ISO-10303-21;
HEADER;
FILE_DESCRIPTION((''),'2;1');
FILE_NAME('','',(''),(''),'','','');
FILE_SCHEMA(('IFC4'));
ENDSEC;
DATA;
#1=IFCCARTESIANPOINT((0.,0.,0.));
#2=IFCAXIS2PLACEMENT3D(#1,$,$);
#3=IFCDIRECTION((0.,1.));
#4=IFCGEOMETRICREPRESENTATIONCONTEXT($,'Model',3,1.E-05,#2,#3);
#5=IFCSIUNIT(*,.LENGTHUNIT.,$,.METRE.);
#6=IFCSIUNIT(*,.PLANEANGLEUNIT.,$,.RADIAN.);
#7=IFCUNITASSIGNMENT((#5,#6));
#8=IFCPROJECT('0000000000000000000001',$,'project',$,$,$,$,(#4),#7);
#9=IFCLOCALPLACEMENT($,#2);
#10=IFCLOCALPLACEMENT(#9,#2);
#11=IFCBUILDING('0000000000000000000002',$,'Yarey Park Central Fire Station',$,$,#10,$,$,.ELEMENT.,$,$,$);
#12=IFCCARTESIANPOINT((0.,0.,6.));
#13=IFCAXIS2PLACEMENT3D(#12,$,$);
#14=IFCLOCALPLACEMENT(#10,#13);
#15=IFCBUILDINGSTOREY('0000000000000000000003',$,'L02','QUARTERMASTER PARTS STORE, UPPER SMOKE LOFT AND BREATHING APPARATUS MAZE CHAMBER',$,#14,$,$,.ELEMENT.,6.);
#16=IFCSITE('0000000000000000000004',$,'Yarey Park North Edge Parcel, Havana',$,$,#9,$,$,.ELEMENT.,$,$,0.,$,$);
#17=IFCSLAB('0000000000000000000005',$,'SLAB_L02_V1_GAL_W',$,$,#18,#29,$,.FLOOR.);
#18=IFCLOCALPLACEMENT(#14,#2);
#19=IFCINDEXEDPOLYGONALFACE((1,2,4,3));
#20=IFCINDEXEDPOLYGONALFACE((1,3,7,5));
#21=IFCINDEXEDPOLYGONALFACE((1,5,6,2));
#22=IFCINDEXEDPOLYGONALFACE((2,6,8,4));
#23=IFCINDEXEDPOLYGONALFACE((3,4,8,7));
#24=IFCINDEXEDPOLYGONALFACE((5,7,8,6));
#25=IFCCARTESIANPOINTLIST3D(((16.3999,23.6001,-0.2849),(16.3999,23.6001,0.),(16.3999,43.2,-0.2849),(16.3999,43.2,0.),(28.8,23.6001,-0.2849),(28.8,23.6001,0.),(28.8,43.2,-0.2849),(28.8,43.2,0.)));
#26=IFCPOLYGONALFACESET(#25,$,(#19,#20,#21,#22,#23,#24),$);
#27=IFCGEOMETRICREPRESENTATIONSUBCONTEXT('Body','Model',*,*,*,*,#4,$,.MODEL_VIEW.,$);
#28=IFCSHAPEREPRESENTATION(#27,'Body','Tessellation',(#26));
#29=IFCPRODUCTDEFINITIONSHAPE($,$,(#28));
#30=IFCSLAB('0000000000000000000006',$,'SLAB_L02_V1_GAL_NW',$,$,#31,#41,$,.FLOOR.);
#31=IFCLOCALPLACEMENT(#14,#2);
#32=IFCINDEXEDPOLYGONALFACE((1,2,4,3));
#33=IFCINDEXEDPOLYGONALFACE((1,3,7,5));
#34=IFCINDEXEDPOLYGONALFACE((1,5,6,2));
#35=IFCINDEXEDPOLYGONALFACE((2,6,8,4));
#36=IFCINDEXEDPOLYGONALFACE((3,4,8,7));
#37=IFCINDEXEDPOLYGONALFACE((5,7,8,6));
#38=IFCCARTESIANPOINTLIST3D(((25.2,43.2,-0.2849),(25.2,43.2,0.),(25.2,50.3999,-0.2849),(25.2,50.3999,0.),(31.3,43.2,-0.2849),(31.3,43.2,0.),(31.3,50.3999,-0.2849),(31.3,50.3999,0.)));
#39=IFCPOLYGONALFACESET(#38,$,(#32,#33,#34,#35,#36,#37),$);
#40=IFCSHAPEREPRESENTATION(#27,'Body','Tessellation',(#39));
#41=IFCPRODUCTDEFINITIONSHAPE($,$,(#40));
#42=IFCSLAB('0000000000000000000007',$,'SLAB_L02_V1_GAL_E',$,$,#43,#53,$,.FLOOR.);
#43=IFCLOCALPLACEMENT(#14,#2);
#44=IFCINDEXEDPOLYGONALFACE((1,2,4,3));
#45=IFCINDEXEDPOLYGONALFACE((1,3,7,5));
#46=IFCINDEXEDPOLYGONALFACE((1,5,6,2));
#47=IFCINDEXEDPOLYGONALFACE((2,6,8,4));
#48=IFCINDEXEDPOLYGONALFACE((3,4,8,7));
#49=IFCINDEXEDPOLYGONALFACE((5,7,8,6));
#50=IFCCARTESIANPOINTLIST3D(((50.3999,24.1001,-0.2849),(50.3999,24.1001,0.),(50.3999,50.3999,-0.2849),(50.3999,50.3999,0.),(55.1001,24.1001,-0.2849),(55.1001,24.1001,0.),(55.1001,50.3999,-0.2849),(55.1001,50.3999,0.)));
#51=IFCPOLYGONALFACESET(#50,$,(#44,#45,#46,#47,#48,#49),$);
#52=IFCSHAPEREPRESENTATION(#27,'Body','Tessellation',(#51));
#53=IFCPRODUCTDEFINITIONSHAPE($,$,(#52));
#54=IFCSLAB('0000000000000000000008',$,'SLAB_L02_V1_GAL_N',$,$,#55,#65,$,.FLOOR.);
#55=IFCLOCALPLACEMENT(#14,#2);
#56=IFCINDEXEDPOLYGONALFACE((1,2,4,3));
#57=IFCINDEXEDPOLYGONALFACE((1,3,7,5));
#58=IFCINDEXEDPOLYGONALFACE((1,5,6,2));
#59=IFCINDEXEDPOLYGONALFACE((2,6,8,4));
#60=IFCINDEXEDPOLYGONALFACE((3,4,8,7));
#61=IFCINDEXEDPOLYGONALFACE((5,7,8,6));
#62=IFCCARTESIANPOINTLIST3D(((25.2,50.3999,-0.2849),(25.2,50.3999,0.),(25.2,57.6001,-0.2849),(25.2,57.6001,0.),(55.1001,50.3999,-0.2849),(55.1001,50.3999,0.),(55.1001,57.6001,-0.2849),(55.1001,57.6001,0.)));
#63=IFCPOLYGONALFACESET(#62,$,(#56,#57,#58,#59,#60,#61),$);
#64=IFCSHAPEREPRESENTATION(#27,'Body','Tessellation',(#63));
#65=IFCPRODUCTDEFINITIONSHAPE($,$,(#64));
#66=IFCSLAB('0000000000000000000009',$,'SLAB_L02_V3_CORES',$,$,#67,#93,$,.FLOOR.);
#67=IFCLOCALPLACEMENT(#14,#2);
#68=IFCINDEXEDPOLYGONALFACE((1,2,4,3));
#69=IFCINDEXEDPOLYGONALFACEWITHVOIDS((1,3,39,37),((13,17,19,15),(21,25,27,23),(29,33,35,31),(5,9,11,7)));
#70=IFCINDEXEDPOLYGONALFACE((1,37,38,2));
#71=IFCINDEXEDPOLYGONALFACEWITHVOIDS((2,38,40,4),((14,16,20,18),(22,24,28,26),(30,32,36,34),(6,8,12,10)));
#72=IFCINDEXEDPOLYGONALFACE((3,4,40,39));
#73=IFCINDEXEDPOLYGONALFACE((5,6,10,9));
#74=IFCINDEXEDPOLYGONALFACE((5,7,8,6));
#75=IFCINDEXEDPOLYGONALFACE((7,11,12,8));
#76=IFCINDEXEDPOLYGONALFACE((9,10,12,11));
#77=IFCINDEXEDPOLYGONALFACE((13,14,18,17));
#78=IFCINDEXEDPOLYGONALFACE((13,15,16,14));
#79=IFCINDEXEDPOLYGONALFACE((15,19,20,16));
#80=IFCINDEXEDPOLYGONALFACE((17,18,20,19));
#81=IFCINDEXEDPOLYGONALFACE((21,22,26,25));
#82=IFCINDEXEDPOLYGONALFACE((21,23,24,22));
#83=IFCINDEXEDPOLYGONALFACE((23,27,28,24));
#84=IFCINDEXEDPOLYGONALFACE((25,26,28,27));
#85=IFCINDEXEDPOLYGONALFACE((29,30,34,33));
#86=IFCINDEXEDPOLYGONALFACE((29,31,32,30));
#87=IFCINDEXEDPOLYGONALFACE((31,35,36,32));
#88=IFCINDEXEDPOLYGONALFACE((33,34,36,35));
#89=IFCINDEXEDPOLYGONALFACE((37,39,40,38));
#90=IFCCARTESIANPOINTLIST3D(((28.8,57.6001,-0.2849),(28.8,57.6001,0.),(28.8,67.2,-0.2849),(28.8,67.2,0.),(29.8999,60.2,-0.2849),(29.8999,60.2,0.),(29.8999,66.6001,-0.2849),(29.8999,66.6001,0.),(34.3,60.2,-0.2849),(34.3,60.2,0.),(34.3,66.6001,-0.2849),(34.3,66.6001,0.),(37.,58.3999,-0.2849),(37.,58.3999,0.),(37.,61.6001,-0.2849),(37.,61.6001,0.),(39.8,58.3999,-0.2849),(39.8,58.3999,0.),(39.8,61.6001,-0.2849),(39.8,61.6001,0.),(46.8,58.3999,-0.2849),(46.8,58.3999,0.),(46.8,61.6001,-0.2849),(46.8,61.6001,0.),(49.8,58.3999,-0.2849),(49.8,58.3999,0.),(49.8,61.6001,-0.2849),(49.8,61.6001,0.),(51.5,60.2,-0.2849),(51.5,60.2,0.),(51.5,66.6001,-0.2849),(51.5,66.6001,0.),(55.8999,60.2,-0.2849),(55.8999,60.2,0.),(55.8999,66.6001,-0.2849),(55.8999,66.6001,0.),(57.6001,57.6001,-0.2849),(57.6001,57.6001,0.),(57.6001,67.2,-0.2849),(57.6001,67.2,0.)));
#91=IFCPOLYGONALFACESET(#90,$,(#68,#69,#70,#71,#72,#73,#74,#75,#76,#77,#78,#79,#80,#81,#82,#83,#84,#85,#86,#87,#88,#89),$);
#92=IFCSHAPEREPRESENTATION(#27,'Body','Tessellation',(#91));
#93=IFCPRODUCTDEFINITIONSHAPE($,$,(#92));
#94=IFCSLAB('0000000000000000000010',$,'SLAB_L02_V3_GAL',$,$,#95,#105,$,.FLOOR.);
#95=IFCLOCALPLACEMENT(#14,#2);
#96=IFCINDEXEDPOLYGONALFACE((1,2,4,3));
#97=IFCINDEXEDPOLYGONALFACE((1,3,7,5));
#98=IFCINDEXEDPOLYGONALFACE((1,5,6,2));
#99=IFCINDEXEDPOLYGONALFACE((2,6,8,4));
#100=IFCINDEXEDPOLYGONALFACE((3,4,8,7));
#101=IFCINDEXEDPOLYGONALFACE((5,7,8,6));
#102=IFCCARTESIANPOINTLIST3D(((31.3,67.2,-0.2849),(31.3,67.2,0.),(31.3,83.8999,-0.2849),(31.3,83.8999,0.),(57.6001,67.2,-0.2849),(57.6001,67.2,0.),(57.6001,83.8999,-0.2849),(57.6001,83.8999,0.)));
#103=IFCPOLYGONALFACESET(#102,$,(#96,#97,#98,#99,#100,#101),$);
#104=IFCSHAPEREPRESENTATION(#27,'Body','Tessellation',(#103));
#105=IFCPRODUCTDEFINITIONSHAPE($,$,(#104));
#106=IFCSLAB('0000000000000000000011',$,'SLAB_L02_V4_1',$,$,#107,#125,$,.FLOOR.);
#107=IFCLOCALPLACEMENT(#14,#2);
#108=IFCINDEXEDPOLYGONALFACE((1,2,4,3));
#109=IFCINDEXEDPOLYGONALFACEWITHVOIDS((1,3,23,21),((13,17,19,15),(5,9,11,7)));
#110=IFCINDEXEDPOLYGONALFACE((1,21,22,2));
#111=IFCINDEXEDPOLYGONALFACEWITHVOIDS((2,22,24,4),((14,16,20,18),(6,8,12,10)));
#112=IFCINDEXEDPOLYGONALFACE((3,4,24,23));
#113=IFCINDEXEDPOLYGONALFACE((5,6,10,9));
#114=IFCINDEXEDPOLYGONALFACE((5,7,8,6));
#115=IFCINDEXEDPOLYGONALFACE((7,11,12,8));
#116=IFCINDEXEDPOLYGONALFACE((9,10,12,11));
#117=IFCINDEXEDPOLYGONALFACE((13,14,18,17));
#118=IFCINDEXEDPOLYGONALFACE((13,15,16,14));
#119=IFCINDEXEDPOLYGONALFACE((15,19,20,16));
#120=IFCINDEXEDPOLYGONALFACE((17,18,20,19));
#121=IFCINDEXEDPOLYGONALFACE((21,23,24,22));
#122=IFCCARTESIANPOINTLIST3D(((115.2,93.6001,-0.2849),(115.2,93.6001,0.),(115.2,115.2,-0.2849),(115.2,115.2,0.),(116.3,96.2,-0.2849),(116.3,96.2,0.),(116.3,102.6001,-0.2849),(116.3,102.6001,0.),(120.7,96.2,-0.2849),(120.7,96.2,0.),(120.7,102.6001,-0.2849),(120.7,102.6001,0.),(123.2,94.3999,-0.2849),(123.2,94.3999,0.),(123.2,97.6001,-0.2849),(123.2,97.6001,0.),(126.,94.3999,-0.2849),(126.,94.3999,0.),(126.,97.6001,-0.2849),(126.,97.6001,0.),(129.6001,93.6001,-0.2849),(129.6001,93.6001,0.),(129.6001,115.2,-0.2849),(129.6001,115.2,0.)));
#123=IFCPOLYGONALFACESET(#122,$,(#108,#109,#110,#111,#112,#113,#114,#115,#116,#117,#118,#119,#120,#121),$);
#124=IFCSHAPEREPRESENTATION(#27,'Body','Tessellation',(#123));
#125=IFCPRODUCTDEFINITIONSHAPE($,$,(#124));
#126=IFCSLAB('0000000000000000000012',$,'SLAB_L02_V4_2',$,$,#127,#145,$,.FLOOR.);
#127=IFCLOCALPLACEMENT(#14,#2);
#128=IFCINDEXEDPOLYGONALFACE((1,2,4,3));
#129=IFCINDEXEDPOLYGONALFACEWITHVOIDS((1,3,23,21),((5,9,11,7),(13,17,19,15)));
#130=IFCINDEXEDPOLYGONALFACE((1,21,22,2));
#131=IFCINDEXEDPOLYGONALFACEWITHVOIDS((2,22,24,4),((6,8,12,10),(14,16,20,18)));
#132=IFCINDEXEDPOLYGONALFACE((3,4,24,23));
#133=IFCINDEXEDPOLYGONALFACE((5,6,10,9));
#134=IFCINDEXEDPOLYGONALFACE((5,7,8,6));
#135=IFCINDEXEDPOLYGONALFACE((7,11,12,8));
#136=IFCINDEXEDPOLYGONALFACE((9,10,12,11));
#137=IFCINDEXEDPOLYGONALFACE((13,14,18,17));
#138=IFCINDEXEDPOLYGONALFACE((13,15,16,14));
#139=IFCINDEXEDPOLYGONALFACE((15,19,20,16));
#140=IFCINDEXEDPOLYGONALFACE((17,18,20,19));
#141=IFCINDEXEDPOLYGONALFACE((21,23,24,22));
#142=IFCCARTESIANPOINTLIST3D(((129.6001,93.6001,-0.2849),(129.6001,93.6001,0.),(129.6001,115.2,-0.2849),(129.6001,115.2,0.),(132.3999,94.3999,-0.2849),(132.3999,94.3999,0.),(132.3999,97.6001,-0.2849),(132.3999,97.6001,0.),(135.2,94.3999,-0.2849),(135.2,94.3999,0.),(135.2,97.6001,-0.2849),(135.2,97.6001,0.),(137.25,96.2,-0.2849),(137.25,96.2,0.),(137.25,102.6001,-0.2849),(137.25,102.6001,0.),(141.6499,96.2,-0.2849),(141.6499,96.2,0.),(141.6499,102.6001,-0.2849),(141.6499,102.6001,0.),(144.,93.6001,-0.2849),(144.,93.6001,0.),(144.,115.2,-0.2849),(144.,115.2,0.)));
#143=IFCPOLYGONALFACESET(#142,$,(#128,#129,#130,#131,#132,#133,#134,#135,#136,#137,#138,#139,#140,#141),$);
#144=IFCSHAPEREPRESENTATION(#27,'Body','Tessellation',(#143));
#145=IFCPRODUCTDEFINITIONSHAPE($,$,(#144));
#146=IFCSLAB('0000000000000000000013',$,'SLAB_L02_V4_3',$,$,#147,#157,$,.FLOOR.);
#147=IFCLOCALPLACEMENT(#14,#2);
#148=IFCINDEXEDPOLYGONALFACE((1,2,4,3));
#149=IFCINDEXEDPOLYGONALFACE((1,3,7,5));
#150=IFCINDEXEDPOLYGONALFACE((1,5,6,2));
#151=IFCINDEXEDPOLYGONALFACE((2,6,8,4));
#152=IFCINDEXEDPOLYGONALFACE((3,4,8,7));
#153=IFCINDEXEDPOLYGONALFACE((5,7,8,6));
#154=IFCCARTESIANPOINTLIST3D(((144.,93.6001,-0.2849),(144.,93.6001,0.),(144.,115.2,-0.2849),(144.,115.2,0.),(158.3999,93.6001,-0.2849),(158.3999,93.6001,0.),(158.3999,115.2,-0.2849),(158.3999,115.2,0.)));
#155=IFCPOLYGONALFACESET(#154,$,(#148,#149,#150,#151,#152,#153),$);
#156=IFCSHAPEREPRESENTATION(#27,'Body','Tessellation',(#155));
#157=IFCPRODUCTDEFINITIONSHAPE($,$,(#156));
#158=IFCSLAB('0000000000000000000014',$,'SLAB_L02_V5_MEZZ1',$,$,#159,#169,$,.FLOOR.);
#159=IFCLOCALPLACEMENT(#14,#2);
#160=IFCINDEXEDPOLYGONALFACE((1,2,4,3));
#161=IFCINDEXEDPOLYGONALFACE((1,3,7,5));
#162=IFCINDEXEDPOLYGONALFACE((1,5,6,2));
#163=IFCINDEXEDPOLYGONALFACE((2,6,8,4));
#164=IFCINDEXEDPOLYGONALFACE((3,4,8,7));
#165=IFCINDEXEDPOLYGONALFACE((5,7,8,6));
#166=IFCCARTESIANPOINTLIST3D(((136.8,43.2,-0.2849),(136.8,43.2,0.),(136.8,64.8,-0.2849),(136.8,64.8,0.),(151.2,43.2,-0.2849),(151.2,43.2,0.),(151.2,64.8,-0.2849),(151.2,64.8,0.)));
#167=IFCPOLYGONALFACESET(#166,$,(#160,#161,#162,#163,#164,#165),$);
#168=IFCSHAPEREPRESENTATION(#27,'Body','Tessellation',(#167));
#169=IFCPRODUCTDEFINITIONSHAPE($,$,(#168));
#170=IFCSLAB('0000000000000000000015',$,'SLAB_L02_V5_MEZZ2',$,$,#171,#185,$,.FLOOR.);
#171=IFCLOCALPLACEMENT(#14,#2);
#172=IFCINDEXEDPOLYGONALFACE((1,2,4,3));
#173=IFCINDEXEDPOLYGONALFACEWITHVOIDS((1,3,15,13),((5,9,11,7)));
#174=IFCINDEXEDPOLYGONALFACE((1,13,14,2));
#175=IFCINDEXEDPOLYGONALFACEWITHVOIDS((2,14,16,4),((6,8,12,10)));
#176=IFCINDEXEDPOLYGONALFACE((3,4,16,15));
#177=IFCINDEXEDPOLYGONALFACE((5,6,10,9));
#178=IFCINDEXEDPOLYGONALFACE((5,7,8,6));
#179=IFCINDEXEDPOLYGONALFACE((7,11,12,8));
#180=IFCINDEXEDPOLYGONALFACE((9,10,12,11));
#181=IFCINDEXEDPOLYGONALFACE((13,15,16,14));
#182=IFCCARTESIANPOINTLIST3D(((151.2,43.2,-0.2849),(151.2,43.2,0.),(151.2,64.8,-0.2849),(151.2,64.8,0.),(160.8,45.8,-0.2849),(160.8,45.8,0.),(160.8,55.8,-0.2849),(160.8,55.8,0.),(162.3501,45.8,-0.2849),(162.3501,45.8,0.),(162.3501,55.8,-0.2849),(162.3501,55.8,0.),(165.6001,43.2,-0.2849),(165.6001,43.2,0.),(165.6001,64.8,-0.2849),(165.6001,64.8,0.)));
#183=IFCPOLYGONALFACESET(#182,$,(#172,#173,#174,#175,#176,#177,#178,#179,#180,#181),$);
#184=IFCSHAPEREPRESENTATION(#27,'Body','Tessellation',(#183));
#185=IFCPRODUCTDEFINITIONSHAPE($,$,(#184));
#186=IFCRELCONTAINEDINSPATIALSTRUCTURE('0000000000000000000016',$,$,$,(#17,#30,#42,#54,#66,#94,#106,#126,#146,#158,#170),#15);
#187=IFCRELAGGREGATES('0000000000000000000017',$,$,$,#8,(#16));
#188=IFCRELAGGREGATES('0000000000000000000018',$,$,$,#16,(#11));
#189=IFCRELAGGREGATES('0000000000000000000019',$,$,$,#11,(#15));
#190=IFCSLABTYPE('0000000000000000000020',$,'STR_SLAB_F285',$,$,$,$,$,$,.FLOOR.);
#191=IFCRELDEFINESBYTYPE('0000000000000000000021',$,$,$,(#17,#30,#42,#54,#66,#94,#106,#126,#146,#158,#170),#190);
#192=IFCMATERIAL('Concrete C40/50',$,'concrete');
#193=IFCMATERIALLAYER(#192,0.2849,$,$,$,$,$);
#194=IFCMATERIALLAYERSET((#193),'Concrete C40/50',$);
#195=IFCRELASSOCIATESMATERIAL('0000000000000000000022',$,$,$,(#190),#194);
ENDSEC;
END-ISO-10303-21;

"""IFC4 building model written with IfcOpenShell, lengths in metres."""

from ifc_helpers import new_model, si_unit, direction, frame, origin, place, context, subcontext, project, spatial, polyline, outline, extrude, material, layer, layer_set, type_object, element, save


model = new_model("IFC4")

# Units and contexts
model_context = context("Model", 3, precision=1e-05, world=origin(), true_north=direction((0.0, 1.0)))
body_context = subcontext(model_context, "Body", "Model", "MODEL_VIEW")
ifc_project = project(units=[si_unit("LENGTHUNIT", "METRE"), si_unit("PLANEANGLEUNIT", "RADIAN")], contexts=[model_context])

# Site, building, storey
site_placement = place(None, origin())
site = spatial("IfcSite", under=ifc_project, at=site_placement, Name="Yarey Park North Edge Parcel, Havana", CompositionType="ELEMENT", RefElevation=0.0)
building_placement = place(site_placement, origin())
building = spatial("IfcBuilding", under=site, at=building_placement, Name="Yarey Park Central Fire Station", CompositionType="ELEMENT")
storey_placement = place(building_placement, frame((0.0, 0.0, 6.0)))
storey = spatial("IfcBuildingStorey", under=building, at=storey_placement, Name="L02", Description="QUARTERMASTER PARTS STORE, UPPER SMOKE LOFT AND BREATHING APPARATUS MAZE CHAMBER", CompositionType="ELEMENT", Elevation=6.0)

# Shared definitions
ifc_material_1 = material(Name="Concrete C40/50", Category="concrete")

# Slabs
ifc_layer_1 = layer(ifc_material_1, 0.2849)
ifc_layer_set_1 = layer_set([ifc_layer_1], Name="Concrete C40/50")
slab_type_1 = type_object("IfcSlabType", Name="STR_SLAB_F285", PredefinedType="FLOOR", material=ifc_layer_set_1)
slab_1_placement = place(storey_placement, frame((0.0, 0.0, -0.2849)))
element("IfcSlab", 1, at=slab_1_placement, inside=storey, type_object=slab_type_1, Name="SLAB_L02_V1_GAL_W", PredefinedType="FLOOR", context=body_context, shape_type="SweptSolid", body=[
    extrude(outline(polyline([(16.3999, 23.6001), (28.8, 23.6001), (28.8, 43.2), (16.3999, 43.2), (16.3999, 23.6001)])), origin(), (0.0, 0.0, 1.0), 0.2849),
])
slab_2_placement = place(storey_placement, frame((0.0, 0.0, -0.2849)))
element("IfcSlab", 2, at=slab_2_placement, inside=storey, type_object=slab_type_1, Name="SLAB_L02_V1_GAL_NW", PredefinedType="FLOOR", context=body_context, shape_type="SweptSolid", body=[
    extrude(outline(polyline([(25.2, 43.2), (31.3, 43.2), (31.3, 50.3999), (25.2, 50.3999), (25.2, 43.2)])), origin(), (0.0, 0.0, 1.0), 0.2849),
])
slab_3_placement = place(storey_placement, frame((0.0, 0.0, -0.2849)))
element("IfcSlab", 3, at=slab_3_placement, inside=storey, type_object=slab_type_1, Name="SLAB_L02_V1_GAL_E", PredefinedType="FLOOR", context=body_context, shape_type="SweptSolid", body=[
    extrude(outline(polyline([(50.3999, 24.1001), (55.1001, 24.1001), (55.1001, 50.3999), (50.3999, 50.3999), (50.3999, 24.1001)])), origin(), (0.0, 0.0, 1.0), 0.2849),
])
slab_4_placement = place(storey_placement, frame((0.0, 0.0, -0.2849)))
element("IfcSlab", 4, at=slab_4_placement, inside=storey, type_object=slab_type_1, Name="SLAB_L02_V1_GAL_N", PredefinedType="FLOOR", context=body_context, shape_type="SweptSolid", body=[
    extrude(outline(polyline([(25.2, 50.3999), (55.1001, 50.3999), (55.1001, 57.6001), (25.2, 57.6001), (25.2, 50.3999)])), origin(), (0.0, 0.0, 1.0), 0.2849),
])
slab_5_placement = place(storey_placement, frame((0.0, 0.0, -0.2849)))
element("IfcSlab", 5, at=slab_5_placement, inside=storey, type_object=slab_type_1, Name="SLAB_L02_V3_CORES", PredefinedType="FLOOR", context=body_context, shape_type="SweptSolid", body=[
    extrude(outline(polyline([(28.8, 57.6001), (57.6001, 57.6001), (57.6001, 67.2), (28.8, 67.2), (28.8, 57.6001)]), holes=[polyline([(29.8999, 60.2), (34.3, 60.2), (34.3, 66.6001), (29.8999, 66.6001), (29.8999, 60.2)]), polyline([(37.0, 58.3999), (39.8, 58.3999), (39.8, 61.6001), (37.0, 61.6001), (37.0, 58.3999)]), polyline([(51.5, 60.2), (55.8999, 60.2), (55.8999, 66.6001), (51.5, 66.6001), (51.5, 60.2)]), polyline([(46.8, 58.3999), (49.8, 58.3999), (49.8, 61.6001), (46.8, 61.6001), (46.8, 58.3999)])]), origin(), (0.0, 0.0, 1.0), 0.2849),
])
slab_6_placement = place(storey_placement, frame((0.0, 0.0, -0.2849)))
element("IfcSlab", 6, at=slab_6_placement, inside=storey, type_object=slab_type_1, Name="SLAB_L02_V3_GAL", PredefinedType="FLOOR", context=body_context, shape_type="SweptSolid", body=[
    extrude(outline(polyline([(31.3, 67.2), (57.6001, 67.2), (57.6001, 83.8999), (31.3, 83.8999), (31.3, 67.2)])), origin(), (0.0, 0.0, 1.0), 0.2849),
])
slab_7_placement = place(storey_placement, frame((0.0, 0.0, -0.2849)))
element("IfcSlab", 7, at=slab_7_placement, inside=storey, type_object=slab_type_1, Name="SLAB_L02_V4_1", PredefinedType="FLOOR", context=body_context, shape_type="SweptSolid", body=[
    extrude(outline(polyline([(115.2, 93.6001), (129.6001, 93.6001), (129.6001, 115.2), (115.2, 115.2), (115.2, 93.6001)]), holes=[polyline([(116.3, 96.2), (120.7, 96.2), (120.7, 102.6001), (116.3, 102.6001), (116.3, 96.2)]), polyline([(123.2, 94.3999), (126.0, 94.3999), (126.0, 97.6001), (123.2, 97.6001), (123.2, 94.3999)])]), origin(), (0.0, 0.0, 1.0), 0.2849),
])
slab_8_placement = place(storey_placement, frame((0.0, 0.0, -0.2849)))
element("IfcSlab", 8, at=slab_8_placement, inside=storey, type_object=slab_type_1, Name="SLAB_L02_V4_2", PredefinedType="FLOOR", context=body_context, shape_type="SweptSolid", body=[
    extrude(outline(polyline([(129.6001, 93.6001), (144.0, 93.6001), (144.0, 115.2), (129.6001, 115.2), (129.6001, 93.6001)]), holes=[polyline([(137.25, 96.2), (141.6499, 96.2), (141.6499, 102.6001), (137.25, 102.6001), (137.25, 96.2)]), polyline([(132.3999, 94.3999), (135.2, 94.3999), (135.2, 97.6001), (132.3999, 97.6001), (132.3999, 94.3999)])]), origin(), (0.0, 0.0, 1.0), 0.2849),
])
slab_9_placement = place(storey_placement, frame((0.0, 0.0, -0.2849)))
element("IfcSlab", 9, at=slab_9_placement, inside=storey, type_object=slab_type_1, Name="SLAB_L02_V4_3", PredefinedType="FLOOR", context=body_context, shape_type="SweptSolid", body=[
    extrude(outline(polyline([(144.0, 93.6001), (158.3999, 93.6001), (158.3999, 115.2), (144.0, 115.2), (144.0, 93.6001)])), origin(), (0.0, 0.0, 1.0), 0.2849),
])
slab_10_placement = place(storey_placement, frame((0.0, 0.0, -0.2849)))
element("IfcSlab", 10, at=slab_10_placement, inside=storey, type_object=slab_type_1, Name="SLAB_L02_V5_MEZZ1", PredefinedType="FLOOR", context=body_context, shape_type="SweptSolid", body=[
    extrude(outline(polyline([(136.8, 43.2), (151.2, 43.2), (151.2, 64.8), (136.8, 64.8), (136.8, 43.2)])), origin(), (0.0, 0.0, 1.0), 0.2849),
])
slab_11_placement = place(storey_placement, frame((0.0, 0.0, -0.2849)))
element("IfcSlab", 11, at=slab_11_placement, inside=storey, type_object=slab_type_1, Name="SLAB_L02_V5_MEZZ2", PredefinedType="FLOOR", context=body_context, shape_type="SweptSolid", body=[
    extrude(outline(polyline([(151.2, 43.2), (165.6001, 43.2), (165.6001, 64.8), (151.2, 64.8), (151.2, 43.2)]), holes=[polyline([(160.8, 45.8), (162.3501, 45.8), (162.3501, 55.8), (160.8, 55.8), (160.8, 45.8)])]), origin(), (0.0, 0.0, 1.0), 0.2849),
])

save(model, "model.ifc")
